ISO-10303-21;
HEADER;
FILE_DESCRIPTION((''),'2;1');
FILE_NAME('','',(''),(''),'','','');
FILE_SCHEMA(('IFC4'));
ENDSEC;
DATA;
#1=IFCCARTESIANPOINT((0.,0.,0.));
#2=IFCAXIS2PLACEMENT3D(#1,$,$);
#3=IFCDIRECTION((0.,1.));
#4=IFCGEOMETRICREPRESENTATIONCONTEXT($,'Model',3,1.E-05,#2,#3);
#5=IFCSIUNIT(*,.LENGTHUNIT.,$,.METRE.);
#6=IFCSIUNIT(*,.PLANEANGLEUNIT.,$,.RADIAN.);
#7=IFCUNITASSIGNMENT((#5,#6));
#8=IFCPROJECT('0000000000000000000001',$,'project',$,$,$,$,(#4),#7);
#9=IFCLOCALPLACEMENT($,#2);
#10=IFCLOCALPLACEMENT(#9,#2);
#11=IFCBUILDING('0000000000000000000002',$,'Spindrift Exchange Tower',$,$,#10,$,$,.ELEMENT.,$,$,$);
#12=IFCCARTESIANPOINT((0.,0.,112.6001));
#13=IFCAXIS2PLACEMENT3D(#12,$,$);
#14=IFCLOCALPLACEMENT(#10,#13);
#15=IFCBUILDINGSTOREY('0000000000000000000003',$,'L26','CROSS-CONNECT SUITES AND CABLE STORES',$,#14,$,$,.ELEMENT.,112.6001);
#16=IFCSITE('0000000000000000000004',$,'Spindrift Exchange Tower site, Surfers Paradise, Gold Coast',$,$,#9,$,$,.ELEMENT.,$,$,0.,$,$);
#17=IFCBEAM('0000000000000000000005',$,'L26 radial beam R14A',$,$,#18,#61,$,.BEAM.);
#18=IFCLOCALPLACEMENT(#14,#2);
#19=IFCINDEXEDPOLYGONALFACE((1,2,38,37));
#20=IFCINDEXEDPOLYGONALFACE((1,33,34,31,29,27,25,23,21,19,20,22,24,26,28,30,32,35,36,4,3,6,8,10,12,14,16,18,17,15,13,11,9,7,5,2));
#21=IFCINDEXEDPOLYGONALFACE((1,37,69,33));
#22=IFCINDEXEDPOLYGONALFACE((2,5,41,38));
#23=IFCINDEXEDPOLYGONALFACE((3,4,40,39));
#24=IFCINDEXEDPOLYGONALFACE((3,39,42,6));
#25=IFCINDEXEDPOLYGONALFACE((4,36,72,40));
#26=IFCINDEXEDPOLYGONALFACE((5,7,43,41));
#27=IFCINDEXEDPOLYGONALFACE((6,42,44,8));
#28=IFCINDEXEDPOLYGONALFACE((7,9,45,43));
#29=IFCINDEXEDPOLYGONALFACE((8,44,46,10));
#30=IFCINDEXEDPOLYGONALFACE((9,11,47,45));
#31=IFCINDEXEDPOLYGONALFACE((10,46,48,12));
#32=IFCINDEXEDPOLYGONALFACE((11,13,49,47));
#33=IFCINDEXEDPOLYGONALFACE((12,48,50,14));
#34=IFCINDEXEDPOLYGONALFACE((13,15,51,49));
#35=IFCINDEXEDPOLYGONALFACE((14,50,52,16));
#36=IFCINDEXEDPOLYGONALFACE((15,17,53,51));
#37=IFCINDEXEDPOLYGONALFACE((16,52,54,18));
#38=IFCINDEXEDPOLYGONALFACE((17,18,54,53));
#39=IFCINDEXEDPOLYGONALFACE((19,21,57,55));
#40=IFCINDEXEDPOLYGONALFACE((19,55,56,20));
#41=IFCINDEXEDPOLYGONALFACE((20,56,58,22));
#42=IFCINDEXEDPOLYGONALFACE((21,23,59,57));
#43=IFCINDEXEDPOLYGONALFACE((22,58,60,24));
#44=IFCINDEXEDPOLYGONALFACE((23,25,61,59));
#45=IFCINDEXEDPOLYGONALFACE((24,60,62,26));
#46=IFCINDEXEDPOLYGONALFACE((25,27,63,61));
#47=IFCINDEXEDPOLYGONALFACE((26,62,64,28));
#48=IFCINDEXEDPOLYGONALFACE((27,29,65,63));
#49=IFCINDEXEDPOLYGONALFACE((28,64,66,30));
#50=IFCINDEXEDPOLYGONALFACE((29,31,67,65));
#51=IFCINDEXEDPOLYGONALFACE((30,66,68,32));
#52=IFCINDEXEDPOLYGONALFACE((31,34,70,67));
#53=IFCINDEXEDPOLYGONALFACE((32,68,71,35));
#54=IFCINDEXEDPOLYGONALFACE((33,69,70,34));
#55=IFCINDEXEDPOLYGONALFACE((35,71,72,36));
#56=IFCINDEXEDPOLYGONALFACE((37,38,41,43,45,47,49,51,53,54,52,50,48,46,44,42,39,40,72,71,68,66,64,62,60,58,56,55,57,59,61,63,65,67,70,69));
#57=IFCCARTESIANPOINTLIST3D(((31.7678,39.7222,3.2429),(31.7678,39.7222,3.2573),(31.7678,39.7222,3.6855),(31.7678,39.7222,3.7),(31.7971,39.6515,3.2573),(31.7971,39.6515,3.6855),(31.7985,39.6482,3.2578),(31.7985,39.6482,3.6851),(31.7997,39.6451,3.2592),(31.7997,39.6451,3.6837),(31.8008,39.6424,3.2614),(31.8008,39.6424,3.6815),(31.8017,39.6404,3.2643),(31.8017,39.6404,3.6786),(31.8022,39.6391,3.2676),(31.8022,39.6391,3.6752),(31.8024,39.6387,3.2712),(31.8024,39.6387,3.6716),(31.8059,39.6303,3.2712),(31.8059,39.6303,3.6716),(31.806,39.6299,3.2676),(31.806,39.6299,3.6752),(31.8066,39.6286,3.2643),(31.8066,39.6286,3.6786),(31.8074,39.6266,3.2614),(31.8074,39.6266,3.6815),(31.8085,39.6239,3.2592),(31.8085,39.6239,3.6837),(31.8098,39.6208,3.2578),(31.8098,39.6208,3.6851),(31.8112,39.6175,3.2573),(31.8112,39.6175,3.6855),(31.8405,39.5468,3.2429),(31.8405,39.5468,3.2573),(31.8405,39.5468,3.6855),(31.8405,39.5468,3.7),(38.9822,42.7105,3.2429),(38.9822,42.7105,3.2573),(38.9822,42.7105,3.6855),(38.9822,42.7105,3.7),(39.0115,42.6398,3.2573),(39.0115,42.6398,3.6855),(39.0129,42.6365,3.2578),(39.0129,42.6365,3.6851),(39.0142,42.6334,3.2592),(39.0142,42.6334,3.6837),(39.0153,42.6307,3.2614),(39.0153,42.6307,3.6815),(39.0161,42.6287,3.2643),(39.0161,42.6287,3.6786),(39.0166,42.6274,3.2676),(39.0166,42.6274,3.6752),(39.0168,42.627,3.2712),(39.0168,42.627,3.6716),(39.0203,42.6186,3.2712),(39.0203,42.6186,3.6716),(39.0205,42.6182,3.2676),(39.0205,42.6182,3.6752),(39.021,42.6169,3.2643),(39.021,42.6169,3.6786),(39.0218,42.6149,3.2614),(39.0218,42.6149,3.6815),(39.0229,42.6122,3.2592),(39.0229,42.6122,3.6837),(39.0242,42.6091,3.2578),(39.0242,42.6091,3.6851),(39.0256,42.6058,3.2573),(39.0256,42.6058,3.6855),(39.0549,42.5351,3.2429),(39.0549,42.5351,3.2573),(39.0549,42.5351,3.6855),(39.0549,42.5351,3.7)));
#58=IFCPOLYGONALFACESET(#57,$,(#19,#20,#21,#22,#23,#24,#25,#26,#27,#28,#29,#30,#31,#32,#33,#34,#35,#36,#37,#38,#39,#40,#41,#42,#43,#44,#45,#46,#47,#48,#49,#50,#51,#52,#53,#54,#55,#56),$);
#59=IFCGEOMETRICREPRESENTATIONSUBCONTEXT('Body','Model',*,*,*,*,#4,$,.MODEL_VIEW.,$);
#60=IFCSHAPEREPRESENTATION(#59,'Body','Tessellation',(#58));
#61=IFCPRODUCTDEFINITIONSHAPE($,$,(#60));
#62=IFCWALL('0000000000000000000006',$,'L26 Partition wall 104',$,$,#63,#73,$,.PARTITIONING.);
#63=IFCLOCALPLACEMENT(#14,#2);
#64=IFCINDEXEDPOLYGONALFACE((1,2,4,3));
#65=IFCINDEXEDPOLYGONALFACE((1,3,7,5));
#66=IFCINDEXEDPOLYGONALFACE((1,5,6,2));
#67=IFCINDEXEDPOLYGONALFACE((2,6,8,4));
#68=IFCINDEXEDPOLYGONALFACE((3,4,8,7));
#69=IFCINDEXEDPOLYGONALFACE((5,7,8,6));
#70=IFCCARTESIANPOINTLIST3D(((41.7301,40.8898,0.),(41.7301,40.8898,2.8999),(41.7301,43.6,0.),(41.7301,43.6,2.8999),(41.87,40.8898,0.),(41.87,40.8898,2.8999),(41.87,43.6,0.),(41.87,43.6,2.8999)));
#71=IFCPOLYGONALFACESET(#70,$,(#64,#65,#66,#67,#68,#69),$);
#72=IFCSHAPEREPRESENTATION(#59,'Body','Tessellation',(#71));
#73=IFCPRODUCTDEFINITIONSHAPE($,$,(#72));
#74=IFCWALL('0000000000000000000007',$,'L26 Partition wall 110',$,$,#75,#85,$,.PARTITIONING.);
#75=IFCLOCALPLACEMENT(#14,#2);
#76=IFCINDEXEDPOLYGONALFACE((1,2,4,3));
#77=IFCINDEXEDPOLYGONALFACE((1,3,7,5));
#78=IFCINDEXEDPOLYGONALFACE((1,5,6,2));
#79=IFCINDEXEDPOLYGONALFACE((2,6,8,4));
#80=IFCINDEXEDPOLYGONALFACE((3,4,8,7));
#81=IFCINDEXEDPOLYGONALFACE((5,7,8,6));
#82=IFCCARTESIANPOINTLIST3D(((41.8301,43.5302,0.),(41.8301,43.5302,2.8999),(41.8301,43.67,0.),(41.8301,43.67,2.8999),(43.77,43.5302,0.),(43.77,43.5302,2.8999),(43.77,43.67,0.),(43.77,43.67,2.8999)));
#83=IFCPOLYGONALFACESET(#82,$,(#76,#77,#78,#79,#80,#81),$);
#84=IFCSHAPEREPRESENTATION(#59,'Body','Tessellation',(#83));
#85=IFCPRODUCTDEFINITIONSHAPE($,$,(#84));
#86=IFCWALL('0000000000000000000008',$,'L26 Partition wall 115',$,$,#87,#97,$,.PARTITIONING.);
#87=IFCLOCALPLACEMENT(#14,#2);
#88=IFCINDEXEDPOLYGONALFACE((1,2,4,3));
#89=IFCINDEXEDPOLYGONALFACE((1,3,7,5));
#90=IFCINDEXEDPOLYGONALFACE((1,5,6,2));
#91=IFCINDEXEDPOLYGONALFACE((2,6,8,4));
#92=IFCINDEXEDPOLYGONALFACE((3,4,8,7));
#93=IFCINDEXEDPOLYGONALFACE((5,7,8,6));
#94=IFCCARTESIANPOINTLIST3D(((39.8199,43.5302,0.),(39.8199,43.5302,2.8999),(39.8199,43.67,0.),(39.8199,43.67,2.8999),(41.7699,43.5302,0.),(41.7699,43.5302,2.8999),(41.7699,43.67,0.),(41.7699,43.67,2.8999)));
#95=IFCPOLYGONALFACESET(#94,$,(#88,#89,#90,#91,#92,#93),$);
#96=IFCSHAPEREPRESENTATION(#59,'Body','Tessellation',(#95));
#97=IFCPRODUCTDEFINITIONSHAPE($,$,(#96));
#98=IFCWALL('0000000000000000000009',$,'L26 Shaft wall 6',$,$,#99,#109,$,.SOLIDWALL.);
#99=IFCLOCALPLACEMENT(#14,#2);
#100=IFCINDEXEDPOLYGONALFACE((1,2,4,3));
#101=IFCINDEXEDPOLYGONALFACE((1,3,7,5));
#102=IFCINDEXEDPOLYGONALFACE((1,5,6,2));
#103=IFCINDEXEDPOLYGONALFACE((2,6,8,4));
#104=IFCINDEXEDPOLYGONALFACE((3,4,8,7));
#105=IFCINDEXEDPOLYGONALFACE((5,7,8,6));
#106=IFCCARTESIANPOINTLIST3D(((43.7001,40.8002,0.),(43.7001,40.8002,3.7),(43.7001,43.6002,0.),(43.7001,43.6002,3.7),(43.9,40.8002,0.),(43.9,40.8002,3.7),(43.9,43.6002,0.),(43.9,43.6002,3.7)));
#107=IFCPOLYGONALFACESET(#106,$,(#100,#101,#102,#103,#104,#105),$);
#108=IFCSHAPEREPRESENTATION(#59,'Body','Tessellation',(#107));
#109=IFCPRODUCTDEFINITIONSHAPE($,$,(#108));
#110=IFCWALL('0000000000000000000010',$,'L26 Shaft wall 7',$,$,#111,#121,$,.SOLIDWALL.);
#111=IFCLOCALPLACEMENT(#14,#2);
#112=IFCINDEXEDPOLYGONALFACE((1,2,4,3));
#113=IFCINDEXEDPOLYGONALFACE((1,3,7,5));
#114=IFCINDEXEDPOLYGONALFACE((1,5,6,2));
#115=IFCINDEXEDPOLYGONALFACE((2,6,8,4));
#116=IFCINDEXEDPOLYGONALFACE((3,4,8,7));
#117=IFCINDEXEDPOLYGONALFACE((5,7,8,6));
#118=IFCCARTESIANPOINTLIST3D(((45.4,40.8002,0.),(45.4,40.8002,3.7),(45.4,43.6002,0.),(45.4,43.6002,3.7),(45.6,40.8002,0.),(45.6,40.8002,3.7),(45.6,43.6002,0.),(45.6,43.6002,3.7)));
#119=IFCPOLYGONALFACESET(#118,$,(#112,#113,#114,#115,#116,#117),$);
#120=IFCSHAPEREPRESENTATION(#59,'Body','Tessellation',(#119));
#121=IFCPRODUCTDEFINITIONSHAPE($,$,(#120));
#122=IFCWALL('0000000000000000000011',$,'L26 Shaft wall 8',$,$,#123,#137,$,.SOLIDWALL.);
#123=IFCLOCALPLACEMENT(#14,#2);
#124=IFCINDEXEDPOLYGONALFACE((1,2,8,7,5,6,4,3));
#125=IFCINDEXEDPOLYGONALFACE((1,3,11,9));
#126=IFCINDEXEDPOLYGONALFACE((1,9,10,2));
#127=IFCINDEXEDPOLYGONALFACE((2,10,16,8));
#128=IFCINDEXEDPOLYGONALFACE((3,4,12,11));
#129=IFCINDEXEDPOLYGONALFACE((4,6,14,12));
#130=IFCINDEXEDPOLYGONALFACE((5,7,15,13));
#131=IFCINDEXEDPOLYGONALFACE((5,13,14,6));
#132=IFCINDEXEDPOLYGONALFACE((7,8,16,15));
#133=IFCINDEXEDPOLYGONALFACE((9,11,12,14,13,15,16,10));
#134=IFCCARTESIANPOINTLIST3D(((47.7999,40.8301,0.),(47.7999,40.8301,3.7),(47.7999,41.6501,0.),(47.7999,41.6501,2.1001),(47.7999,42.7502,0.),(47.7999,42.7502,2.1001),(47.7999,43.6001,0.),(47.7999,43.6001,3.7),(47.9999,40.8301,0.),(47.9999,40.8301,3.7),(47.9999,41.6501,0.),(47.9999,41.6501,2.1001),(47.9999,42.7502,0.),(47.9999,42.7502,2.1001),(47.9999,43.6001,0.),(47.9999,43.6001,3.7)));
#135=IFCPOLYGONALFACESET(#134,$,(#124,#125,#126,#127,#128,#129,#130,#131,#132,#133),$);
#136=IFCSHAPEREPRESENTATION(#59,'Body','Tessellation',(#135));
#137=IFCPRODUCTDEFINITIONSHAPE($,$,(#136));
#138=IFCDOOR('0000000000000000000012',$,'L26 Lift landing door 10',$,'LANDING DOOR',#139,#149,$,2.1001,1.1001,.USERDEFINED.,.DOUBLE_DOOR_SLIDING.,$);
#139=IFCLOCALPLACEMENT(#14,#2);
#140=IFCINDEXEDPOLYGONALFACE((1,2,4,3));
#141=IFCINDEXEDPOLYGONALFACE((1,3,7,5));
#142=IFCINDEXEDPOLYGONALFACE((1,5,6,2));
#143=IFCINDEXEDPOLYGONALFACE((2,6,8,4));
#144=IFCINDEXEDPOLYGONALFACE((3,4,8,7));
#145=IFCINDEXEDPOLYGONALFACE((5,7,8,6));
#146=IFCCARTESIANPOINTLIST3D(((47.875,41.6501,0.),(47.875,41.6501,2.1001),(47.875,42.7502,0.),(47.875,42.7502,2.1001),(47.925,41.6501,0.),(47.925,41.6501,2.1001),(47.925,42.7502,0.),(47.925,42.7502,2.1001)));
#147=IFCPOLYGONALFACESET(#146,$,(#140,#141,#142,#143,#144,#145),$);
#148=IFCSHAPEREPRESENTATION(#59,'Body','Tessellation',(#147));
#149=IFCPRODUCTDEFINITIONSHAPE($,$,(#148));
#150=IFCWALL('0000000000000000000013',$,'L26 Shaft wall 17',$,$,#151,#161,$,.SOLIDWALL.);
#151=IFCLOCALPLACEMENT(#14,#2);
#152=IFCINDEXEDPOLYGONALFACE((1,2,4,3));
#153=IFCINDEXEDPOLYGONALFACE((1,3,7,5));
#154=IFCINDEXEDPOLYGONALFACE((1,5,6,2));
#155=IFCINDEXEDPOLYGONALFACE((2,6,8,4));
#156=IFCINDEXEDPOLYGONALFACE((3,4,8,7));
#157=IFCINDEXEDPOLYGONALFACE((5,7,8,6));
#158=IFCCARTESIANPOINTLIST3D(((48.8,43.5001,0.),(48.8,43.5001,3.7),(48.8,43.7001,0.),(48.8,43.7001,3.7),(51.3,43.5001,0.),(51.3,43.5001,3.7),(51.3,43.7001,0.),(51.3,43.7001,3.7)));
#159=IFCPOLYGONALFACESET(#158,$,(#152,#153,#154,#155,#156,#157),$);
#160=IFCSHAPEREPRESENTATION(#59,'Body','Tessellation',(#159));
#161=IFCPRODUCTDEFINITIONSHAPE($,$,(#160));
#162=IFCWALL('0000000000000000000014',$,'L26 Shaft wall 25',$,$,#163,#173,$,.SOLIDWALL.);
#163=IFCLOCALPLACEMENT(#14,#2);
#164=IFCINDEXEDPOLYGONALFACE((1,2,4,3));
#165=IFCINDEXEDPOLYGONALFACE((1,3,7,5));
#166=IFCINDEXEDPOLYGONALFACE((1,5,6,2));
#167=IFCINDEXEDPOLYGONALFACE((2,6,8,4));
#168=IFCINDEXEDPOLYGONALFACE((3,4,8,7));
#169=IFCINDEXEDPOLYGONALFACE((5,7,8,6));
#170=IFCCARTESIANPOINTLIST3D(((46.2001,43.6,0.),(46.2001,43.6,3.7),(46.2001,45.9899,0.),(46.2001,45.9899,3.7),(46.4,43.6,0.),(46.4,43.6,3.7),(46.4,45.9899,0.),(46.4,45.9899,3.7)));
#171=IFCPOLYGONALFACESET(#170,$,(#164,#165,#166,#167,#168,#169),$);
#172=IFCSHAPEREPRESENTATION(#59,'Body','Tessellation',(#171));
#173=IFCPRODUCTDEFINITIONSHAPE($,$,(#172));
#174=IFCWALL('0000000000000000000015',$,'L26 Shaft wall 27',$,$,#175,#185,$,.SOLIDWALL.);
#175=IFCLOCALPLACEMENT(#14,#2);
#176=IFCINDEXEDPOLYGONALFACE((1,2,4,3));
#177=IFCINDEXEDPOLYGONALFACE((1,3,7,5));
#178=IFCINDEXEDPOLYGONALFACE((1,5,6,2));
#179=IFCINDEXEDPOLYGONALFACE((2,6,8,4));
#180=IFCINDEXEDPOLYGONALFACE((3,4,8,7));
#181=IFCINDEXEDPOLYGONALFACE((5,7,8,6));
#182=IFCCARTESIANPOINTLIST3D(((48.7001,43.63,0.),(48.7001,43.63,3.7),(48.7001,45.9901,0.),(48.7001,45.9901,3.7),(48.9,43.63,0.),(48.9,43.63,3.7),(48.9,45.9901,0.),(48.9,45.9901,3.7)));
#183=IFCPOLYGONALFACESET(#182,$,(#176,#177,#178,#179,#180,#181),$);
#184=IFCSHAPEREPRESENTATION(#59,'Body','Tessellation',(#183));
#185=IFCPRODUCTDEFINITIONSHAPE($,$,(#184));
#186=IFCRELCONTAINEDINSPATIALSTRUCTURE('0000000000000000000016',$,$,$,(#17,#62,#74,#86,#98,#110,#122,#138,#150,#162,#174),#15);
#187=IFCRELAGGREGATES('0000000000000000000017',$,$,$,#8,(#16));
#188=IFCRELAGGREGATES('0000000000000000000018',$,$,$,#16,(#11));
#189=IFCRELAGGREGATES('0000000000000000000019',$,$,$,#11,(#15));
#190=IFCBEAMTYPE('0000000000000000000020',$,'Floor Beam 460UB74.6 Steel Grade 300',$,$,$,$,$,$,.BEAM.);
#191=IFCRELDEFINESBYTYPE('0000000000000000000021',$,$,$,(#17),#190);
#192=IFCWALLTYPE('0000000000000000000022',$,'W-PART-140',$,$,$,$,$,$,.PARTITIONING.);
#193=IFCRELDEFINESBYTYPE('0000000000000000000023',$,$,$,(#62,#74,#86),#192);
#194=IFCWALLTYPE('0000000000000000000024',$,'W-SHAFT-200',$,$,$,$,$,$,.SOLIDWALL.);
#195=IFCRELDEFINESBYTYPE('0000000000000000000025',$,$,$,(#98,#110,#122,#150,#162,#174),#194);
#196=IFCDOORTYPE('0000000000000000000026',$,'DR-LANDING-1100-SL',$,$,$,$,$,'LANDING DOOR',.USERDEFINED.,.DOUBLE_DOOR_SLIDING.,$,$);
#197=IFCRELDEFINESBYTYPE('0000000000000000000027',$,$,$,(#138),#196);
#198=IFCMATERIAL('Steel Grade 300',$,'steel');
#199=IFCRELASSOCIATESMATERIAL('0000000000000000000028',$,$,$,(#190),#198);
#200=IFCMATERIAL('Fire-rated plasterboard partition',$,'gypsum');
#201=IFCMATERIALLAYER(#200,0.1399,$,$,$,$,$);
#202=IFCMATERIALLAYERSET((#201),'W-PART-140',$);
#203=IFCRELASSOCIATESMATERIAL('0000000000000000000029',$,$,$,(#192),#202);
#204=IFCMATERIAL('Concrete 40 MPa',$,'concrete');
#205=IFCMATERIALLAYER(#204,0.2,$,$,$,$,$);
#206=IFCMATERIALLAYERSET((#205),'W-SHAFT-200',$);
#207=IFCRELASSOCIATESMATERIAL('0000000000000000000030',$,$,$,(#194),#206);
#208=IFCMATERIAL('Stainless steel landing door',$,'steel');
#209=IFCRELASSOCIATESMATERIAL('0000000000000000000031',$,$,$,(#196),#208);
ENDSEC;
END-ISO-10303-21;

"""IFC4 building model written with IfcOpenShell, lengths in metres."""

from ifc_helpers import new_model, si_unit, direction, frame, frame_2d, origin, origin_2d, place, context, subcontext, project, spatial, rectangle, i_section, extrude, source, transform, mapped, material, layer, layer_set, material_profile, profile_set, type_object, element, fill, save


model = new_model("IFC4")

# Units and contexts
model_context = context("Model", 3, precision=1e-05, world=origin(), true_north=direction((0.0, 1.0)))
body_context = subcontext(model_context, "Body", "Model", "MODEL_VIEW")
ifc_project = project(units=[si_unit("LENGTHUNIT", "METRE"), si_unit("PLANEANGLEUNIT", "RADIAN")], contexts=[model_context])

# Site, building, storey
site_placement = place(None, origin())
site = spatial("IfcSite", under=ifc_project, at=site_placement, Name="Spindrift Exchange Tower site, Surfers Paradise, Gold Coast", CompositionType="ELEMENT", RefElevation=0.0)
building_placement = place(site_placement, origin())
building = spatial("IfcBuilding", under=site, at=building_placement, Name="Spindrift Exchange Tower", CompositionType="ELEMENT")
storey_placement = place(building_placement, frame((0.0, 0.0, 112.6001)))
storey = spatial("IfcBuildingStorey", under=building, at=storey_placement, Name="L26", Description="CROSS-CONNECT SUITES AND CABLE STORES", CompositionType="ELEMENT", Elevation=112.6001)

# Beam
ifc_material_1 = material(Name="Steel Grade 300", Category="steel")
ifc_material_profile = material_profile(ifc_material_1, i_section(OverallWidth=0.1899, OverallDepth=0.457, WebThickness=0.009, FlangeThickness=0.0144, FilletRadius=0.0139, at=origin_2d()), Name="460UB74.6")
ifc_profile_set = profile_set([ifc_material_profile], Name="Steel Grade 300")
beam_type = type_object("IfcBeamType", Name="Floor Beam 460UB74.6 Steel Grade 300", PredefinedType="BEAM", material=ifc_profile_set)
shared_shape_1 = source(origin(), body_context, "Body", "SweptSolid", [
    extrude(i_section(OverallWidth=0.1899, OverallDepth=0.457, WebThickness=0.009, FlangeThickness=0.0144, FilletRadius=0.0139, at=origin_2d()), origin(), (0.0, 0.0, 1.0), 7.8088),
])
beam_placement = place(storey_placement, frame((39.0186, 42.6228, 3.4714), z_axis=(-0.92388, -0.382683, 0.0), x_axis=(0.382683, -0.92388, 0.0)))
element("IfcBeam", 1, at=beam_placement, inside=storey, type_object=beam_type, Name="L26 radial beam R14A", PredefinedType="BEAM", context=body_context, shape_type="MappedRepresentation", body=[
    mapped(shared_shape_1, transform((0.0, 0.0, 0.0), scale=1.0)),
])

# Walls
ifc_material_2 = material(Name="Fire-rated plasterboard partition", Category="gypsum")
ifc_layer_1 = layer(ifc_material_2, 0.1399)
ifc_layer_set_1 = layer_set([ifc_layer_1], Name="W-PART-140")
wall_type_1 = type_object("IfcWallType", Name="W-PART-140", PredefinedType="PARTITIONING", material=ifc_layer_set_1)
wall_1_placement = place(storey_placement, frame((41.8, 40.8899, 0.0), z_axis=(0.0, 0.0, 1.0), x_axis=(0.0, 1.0, 0.0)))
element("IfcWall", 2, at=wall_1_placement, inside=storey, type_object=wall_type_1, Name="L26 Partition wall 104", PredefinedType="PARTITIONING", context=body_context, shape_type="SweptSolid", body=[
    extrude(rectangle(XDim=2.7102, YDim=0.1399, at=frame_2d((1.355, 0.0))), origin(), (0.0, 0.0, 1.0), 2.8999),
])
wall_2_placement = place(storey_placement, frame((43.77, 43.6001, 0.0), z_axis=(0.0, 0.0, 1.0), x_axis=(-1.0, 0.0, 0.0)))
element("IfcWall", 3, at=wall_2_placement, inside=storey, type_object=wall_type_1, Name="L26 Partition wall 110", PredefinedType="PARTITIONING", context=body_context, shape_type="SweptSolid", body=[
    extrude(rectangle(XDim=1.9399, YDim=0.1399, at=frame_2d((0.97, 0.0))), origin(), (0.0, 0.0, 1.0), 2.8999),
])
wall_3_placement = place(storey_placement, frame((41.77, 43.6001, 0.0), z_axis=(0.0, 0.0, 1.0), x_axis=(-1.0, 0.0, 0.0)))
element("IfcWall", 4, at=wall_3_placement, inside=storey, type_object=wall_type_1, Name="L26 Partition wall 115", PredefinedType="PARTITIONING", context=body_context, shape_type="SweptSolid", body=[
    extrude(rectangle(XDim=1.95, YDim=0.1399, at=frame_2d((0.9751, 0.0))), origin(), (0.0, 0.0, 1.0), 2.8999),
])
ifc_material_3 = material(Name="Concrete 40 MPa", Category="concrete")
ifc_layer_2 = layer(ifc_material_3, 0.2)
ifc_layer_set_2 = layer_set([ifc_layer_2], Name="W-SHAFT-200")
wall_type_2 = type_object("IfcWallType", Name="W-SHAFT-200", PredefinedType="SOLIDWALL", material=ifc_layer_set_2)
for number, where, z_axis, x_axis, name in (
    (5, (43.8, 43.6001, 0.0), (0.0, 0.0, 1.0), (0.0, -1.0, 0.0), "L26 Shaft wall 6"),
    (6, (45.5, 43.6001, 0.0), (0.0, 0.0, 1.0), (0.0, -1.0, 0.0), "L26 Shaft wall 7"),
):
    element("IfcWall", number, at=place(storey_placement, frame(where, z_axis=z_axis, x_axis=x_axis)), inside=storey, type_object=wall_type_2, Name=name, PredefinedType="SOLIDWALL", context=body_context, shape_type="SweptSolid", body=[
        extrude(rectangle(XDim=2.8, YDim=0.2, at=frame_2d((1.3999, 0.0))), origin(), (0.0, 0.0, 1.0), 3.7),
    ])

# Wall, opening, door
wall_4_placement = place(storey_placement, frame((47.8999, 40.8301, 0.0), z_axis=(0.0, 0.0, 1.0), x_axis=(0.0, 1.0, 0.0)))
wall_4 = element("IfcWall", 7, at=wall_4_placement, inside=storey, type_object=wall_type_2, Name="L26 Shaft wall 8", PredefinedType="SOLIDWALL", context=body_context, shape_type="SweptSolid", body=[
    extrude(rectangle(XDim=2.77, YDim=0.2, at=frame_2d((1.385, 0.0))), origin(), (0.0, 0.0, 1.0), 3.7),
])
opening_placement = place(wall_4_placement, frame((0.8201, 0.0, 0.0)))
opening = element("IfcOpeningElement", 8, at=opening_placement, cuts=wall_4, PredefinedType="OPENING", context=body_context, shape_type="SweptSolid", body=[
    extrude(rectangle(XDim=1.1001, YDim=2.1001, at=frame_2d((0.55, 1.05))), frame((0.0, 0.1099, 0.0), z_axis=(0.0, -1.0, 0.0), x_axis=(1.0, 0.0, 0.0)), (0.0, 0.0, 1.0), 0.22),
])
ifc_material_4 = material(Name="Stainless steel landing door", Category="steel")
door_type = type_object("IfcDoorType", Name="DR-LANDING-1100-SL", ElementType="LANDING DOOR", OperationType="DOUBLE_DOOR_SLIDING", PredefinedType="USERDEFINED", material=ifc_material_4)
shared_shape_2 = source(origin(), body_context, "Body", "SweptSolid", [
    extrude(rectangle(XDim=1.1001, YDim=2.1001, at=frame_2d((0.55, 1.05))), frame((0.0, 0.0249, 0.0), z_axis=(0.0, -1.0, 0.0), x_axis=(1.0, 0.0, 0.0)), (0.0, 0.0, 1.0), 0.05),
])
door_placement = place(opening_placement, origin())
door = element("IfcDoor", 9, at=door_placement, inside=storey, type_object=door_type, Name="L26 Lift landing door 10", ObjectType="LANDING DOOR", OperationType="DOUBLE_DOOR_SLIDING", OverallHeight=2.1001, OverallWidth=1.1001, PredefinedType="USERDEFINED", context=body_context, shape_type="MappedRepresentation", body=[
    mapped(shared_shape_2, transform((0.0, 0.0, 0.0), scale=1.0)),
])
fill(opening, door)

# Walls
wall_5_placement = place(storey_placement, frame((48.8, 43.6001, 0.0), z_axis=(0.0, 0.0, 1.0), x_axis=(1.0, 0.0, 0.0)))
element("IfcWall", 10, at=wall_5_placement, inside=storey, type_object=wall_type_2, Name="L26 Shaft wall 17", PredefinedType="SOLIDWALL", context=body_context, shape_type="SweptSolid", body=[
    extrude(rectangle(XDim=2.5, YDim=0.2, at=frame_2d((1.25, 0.0))), origin(), (0.0, 0.0, 1.0), 3.7),
])
wall_6_placement = place(storey_placement, frame((46.3, 43.6001, 0.0), z_axis=(0.0, 0.0, 1.0), x_axis=(0.0, 1.0, 0.0)))
element("IfcWall", 11, at=wall_6_placement, inside=storey, type_object=wall_type_2, Name="L26 Shaft wall 25", PredefinedType="SOLIDWALL", context=body_context, shape_type="SweptSolid", body=[
    extrude(rectangle(XDim=2.3899, YDim=0.2, at=frame_2d((1.1948, 0.0))), origin(), (0.0, 0.0, 1.0), 3.7),
])
for number, where, z_axis, x_axis, name in (
    (12, (48.8, 43.6299, 0.0), (0.0, 0.0, 1.0), (0.0, 1.0, 0.0), "L26 Shaft wall 27"),
):
    element("IfcWall", number, at=place(storey_placement, frame(where, z_axis=z_axis, x_axis=x_axis)), inside=storey, type_object=wall_type_2, Name=name, PredefinedType="SOLIDWALL", context=body_context, shape_type="SweptSolid", body=[
        extrude(rectangle(XDim=2.3601, YDim=0.2, at=frame_2d((1.1802, 0.0))), origin(), (0.0, 0.0, 1.0), 3.7),
    ])

save(model, "model.ifc")
